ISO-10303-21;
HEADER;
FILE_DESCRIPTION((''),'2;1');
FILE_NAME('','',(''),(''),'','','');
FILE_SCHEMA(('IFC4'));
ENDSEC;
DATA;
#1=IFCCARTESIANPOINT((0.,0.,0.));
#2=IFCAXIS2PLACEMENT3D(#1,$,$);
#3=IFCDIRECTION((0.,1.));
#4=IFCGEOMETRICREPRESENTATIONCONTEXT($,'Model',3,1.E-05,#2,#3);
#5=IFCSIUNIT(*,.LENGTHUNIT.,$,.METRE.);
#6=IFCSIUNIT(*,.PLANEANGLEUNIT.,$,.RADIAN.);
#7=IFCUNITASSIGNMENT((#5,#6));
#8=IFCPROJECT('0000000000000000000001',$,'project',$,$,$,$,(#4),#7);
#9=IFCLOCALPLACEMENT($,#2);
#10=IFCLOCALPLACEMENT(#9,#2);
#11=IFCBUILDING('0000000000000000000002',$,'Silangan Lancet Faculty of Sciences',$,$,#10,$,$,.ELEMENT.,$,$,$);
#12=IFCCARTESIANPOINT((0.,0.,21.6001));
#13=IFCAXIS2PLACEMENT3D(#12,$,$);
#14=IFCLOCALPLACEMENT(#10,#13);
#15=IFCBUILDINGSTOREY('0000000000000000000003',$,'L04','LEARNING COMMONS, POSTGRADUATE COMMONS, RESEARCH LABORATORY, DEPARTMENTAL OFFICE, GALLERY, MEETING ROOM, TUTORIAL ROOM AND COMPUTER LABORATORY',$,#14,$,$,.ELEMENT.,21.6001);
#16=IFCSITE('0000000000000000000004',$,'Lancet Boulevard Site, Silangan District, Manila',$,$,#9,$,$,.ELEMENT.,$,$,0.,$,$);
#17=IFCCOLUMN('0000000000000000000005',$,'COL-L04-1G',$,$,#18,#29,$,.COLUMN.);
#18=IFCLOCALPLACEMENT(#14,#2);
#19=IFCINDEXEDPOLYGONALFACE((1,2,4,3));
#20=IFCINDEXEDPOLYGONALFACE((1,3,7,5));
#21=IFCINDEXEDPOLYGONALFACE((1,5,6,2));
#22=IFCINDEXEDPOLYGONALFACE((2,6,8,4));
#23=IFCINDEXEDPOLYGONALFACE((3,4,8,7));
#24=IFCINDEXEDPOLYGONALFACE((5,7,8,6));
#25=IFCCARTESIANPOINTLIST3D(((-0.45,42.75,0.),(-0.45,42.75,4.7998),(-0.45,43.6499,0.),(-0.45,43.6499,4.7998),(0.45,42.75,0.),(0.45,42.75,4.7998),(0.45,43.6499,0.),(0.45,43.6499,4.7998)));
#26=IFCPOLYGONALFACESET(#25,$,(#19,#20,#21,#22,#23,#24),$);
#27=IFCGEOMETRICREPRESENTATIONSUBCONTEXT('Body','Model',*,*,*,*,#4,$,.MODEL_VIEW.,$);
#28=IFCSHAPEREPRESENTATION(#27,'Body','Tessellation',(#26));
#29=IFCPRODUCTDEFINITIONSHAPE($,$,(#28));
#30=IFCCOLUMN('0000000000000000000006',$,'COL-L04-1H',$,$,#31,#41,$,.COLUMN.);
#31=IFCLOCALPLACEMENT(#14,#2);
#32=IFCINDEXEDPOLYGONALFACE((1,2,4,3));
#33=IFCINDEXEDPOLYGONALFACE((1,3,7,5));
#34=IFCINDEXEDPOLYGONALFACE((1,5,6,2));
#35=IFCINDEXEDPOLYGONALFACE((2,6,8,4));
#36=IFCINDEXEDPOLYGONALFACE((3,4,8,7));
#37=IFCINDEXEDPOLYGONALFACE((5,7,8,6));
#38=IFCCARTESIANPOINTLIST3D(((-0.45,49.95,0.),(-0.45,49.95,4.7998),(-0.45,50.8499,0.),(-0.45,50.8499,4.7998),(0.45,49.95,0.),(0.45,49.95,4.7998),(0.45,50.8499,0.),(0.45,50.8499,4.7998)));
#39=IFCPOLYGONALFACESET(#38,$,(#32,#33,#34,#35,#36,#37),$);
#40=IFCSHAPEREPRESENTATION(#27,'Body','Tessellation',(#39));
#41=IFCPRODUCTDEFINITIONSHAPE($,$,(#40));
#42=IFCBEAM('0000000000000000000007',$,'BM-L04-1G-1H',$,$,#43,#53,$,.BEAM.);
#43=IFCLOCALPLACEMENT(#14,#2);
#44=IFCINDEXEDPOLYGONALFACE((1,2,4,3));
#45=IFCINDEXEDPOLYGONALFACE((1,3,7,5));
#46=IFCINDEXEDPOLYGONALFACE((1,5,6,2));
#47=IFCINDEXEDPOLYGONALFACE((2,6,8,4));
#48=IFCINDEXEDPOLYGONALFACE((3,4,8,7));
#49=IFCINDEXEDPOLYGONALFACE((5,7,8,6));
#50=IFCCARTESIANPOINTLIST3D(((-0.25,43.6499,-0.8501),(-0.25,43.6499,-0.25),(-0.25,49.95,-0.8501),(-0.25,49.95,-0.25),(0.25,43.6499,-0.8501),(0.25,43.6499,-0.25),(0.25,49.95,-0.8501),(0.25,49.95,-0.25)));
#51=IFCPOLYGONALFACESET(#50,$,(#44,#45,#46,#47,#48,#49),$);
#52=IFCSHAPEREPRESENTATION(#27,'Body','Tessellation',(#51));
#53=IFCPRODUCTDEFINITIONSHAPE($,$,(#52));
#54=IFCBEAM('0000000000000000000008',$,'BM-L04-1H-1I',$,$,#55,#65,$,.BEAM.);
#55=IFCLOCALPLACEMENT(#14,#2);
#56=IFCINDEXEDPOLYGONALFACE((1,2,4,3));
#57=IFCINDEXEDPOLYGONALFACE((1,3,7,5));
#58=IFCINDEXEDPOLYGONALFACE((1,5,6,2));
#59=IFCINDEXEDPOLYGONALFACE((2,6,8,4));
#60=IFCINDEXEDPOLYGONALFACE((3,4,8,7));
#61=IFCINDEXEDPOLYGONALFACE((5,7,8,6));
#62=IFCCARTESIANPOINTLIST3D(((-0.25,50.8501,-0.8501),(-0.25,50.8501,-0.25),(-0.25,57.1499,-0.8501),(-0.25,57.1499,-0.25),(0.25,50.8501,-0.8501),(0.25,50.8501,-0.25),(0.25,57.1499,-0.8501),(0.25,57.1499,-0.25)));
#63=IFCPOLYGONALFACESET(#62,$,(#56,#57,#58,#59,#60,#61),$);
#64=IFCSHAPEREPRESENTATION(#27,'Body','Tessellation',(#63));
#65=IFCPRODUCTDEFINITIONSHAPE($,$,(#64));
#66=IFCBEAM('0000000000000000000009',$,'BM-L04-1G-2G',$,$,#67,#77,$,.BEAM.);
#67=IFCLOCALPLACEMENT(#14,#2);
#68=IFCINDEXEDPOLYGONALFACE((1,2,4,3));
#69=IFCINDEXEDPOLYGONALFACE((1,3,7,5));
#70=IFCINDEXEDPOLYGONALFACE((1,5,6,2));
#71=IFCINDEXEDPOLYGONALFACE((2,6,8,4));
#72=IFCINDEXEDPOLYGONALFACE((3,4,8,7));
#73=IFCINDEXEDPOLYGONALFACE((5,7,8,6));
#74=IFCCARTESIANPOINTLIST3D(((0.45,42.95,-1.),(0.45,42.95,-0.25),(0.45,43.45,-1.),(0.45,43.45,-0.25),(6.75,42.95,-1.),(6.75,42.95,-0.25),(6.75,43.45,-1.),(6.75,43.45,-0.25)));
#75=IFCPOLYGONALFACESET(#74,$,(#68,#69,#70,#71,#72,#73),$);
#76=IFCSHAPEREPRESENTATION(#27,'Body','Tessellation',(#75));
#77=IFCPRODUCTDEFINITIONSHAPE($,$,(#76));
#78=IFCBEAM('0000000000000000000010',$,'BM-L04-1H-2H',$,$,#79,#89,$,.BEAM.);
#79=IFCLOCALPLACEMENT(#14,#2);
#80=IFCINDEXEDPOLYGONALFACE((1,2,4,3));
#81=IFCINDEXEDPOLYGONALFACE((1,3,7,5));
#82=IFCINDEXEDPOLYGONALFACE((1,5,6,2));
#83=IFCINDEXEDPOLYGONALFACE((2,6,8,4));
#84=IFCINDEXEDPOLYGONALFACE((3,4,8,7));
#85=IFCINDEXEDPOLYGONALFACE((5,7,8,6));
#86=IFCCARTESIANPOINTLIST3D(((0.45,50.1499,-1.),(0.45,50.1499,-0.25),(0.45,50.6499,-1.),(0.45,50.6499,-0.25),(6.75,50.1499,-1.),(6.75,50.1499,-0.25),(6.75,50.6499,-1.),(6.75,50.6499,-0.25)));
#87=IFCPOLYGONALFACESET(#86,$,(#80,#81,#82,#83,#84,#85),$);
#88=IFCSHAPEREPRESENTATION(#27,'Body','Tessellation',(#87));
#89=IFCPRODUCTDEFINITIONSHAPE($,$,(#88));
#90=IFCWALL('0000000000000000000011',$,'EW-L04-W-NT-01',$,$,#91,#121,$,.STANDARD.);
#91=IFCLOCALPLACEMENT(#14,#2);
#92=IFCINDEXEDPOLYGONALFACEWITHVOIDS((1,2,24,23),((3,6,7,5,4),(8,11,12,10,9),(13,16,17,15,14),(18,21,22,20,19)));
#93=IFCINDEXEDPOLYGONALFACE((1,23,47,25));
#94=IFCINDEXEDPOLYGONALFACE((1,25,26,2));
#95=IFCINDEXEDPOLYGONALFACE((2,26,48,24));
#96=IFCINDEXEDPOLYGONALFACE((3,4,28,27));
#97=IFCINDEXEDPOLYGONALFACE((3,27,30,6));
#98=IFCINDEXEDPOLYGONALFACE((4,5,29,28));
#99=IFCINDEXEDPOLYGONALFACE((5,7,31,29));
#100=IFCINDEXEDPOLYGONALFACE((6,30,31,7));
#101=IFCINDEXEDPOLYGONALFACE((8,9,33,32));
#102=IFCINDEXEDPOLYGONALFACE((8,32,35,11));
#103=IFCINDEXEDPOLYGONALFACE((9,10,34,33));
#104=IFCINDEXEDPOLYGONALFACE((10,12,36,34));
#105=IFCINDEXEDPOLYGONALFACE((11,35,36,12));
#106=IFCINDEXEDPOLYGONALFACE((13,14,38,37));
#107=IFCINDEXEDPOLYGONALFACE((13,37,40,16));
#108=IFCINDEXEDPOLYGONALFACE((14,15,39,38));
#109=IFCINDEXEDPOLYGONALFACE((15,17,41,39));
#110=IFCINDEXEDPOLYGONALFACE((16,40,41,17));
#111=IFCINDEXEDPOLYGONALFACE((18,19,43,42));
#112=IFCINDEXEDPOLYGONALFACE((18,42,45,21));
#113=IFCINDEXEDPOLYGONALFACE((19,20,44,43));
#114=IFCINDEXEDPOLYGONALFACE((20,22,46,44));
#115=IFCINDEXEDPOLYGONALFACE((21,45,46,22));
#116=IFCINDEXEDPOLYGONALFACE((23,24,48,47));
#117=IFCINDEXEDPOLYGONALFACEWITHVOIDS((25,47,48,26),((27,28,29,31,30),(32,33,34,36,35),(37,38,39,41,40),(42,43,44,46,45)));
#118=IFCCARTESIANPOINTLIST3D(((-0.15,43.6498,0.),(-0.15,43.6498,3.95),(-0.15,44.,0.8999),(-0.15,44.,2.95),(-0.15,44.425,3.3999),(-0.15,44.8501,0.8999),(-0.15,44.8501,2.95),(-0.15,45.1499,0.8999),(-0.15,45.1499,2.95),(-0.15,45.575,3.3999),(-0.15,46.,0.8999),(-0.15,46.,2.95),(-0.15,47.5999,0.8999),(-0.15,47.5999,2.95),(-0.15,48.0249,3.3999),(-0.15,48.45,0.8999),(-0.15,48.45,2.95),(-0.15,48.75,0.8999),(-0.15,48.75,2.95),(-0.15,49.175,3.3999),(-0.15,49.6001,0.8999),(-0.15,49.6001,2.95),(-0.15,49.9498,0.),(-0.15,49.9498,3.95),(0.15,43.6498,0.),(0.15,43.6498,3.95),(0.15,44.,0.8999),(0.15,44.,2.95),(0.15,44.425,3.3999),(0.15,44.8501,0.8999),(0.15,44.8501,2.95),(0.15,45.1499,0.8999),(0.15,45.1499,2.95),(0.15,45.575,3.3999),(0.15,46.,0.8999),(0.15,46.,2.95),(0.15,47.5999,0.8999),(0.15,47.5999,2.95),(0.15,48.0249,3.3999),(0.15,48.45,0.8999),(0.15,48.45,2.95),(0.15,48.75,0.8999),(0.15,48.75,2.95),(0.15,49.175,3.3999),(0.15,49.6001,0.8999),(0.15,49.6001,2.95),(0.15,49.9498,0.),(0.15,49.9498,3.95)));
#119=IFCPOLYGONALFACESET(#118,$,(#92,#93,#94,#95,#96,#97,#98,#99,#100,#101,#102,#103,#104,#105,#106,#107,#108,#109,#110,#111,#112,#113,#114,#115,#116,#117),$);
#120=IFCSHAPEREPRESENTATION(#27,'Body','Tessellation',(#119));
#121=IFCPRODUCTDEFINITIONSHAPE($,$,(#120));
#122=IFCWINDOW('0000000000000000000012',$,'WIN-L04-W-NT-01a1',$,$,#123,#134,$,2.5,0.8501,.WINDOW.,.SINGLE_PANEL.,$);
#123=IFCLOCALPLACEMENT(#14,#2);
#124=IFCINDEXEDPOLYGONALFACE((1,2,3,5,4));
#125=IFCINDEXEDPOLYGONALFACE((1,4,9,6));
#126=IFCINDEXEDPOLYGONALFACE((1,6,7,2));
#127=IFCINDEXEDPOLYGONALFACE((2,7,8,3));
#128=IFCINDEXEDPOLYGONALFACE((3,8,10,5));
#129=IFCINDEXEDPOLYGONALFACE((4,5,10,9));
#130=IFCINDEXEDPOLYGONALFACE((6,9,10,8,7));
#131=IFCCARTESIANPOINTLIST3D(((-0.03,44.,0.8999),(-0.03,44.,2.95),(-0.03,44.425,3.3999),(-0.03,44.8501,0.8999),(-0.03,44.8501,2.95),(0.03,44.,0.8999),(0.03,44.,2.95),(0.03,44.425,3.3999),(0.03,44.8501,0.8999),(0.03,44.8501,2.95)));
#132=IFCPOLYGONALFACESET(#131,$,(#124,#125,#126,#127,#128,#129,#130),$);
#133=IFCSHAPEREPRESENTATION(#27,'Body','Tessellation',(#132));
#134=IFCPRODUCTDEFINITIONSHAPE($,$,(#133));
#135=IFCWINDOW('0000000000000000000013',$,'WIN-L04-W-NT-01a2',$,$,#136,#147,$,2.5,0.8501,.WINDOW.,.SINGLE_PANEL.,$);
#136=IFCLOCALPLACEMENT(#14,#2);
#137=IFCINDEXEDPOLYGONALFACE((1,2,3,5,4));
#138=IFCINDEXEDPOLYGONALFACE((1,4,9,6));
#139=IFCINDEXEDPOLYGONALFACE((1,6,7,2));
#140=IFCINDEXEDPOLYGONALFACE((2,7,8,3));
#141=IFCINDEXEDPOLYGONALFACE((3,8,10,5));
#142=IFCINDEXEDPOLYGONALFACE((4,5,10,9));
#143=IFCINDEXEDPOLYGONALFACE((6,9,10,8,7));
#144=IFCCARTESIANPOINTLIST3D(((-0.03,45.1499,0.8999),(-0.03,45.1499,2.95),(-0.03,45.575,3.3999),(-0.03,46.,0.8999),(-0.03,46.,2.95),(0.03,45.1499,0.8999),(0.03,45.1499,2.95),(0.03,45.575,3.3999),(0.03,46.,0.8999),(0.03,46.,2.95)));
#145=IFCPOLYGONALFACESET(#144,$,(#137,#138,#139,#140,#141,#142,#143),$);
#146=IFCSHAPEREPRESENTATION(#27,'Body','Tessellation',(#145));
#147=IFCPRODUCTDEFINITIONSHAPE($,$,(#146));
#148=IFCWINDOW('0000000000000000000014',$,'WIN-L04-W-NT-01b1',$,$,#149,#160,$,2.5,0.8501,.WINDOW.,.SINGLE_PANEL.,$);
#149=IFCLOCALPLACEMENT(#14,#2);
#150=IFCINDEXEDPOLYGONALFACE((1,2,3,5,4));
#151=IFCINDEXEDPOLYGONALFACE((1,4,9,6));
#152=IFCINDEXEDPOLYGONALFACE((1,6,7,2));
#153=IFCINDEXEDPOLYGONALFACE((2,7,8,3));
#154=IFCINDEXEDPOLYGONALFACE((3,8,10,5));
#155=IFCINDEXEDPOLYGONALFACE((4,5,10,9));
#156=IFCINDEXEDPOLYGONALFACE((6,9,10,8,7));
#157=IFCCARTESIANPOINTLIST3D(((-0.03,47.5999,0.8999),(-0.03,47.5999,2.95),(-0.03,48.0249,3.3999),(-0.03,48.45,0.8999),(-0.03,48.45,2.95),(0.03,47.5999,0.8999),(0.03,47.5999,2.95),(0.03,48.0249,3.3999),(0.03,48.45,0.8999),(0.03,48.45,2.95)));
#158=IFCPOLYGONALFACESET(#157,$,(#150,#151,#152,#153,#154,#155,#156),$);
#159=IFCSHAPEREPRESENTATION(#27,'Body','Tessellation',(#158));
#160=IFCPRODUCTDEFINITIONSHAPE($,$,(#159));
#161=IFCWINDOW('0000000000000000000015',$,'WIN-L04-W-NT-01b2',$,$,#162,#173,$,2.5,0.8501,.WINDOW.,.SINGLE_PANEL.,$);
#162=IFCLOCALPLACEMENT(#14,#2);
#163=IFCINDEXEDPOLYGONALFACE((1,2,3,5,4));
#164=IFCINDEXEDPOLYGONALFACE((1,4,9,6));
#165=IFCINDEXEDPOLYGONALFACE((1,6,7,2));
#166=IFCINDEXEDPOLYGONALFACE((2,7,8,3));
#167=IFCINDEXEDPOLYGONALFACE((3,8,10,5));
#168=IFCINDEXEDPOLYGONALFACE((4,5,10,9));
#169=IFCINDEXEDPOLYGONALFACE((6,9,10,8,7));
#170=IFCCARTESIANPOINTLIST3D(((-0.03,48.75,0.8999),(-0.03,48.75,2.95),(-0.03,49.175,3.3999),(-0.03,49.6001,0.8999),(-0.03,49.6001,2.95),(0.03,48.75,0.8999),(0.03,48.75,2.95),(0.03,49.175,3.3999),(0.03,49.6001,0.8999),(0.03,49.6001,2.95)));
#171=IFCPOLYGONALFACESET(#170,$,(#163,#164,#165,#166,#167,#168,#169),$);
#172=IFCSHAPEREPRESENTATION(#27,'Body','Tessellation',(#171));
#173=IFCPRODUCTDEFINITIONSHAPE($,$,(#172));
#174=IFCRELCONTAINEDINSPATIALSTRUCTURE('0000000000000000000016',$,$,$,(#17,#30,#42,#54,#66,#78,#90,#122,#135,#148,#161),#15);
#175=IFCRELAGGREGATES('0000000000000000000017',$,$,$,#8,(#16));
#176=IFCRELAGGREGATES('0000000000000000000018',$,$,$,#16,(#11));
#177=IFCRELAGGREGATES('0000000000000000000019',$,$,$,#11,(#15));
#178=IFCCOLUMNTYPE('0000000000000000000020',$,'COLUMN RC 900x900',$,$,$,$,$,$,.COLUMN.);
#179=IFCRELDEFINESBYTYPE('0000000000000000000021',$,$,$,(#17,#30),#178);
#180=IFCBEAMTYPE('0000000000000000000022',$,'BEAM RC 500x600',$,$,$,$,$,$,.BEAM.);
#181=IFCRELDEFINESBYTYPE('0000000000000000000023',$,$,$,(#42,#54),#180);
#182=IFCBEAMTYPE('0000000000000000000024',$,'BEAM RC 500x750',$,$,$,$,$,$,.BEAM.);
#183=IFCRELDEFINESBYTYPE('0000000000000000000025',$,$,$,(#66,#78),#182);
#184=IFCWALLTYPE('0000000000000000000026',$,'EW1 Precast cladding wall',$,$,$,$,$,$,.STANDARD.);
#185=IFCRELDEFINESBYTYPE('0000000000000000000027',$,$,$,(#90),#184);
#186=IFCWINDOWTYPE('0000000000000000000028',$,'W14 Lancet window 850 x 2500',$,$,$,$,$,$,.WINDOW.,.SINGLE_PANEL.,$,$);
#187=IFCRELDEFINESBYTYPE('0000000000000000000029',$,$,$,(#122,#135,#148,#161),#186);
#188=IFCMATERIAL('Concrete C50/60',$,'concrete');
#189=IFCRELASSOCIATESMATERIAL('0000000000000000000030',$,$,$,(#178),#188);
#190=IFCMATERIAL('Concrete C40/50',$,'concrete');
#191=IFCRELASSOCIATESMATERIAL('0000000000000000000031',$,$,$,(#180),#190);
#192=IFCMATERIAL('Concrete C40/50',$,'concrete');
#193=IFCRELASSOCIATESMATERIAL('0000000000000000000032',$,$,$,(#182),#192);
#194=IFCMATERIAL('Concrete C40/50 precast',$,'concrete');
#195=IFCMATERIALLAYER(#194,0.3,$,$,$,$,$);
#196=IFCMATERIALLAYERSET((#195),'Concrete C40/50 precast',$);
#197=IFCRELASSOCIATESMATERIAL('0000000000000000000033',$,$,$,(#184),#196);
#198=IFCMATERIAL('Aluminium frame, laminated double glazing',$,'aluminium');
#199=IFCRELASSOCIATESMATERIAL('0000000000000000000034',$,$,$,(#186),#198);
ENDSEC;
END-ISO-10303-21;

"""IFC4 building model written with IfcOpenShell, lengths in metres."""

from ifc_helpers import new_model, si_unit, direction, frame, frame_2d, origin, origin_2d, place, context, subcontext, project, spatial, polyline, rectangle, outline, extrude, material, layer, layer_set, material_profile, profile_set, type_object, element, fill, save


model = new_model("IFC4")

# Units and contexts
model_context = context("Model", 3, precision=1e-05, world=origin(), true_north=direction((0.0, 1.0)))
body_context = subcontext(model_context, "Body", "Model", "MODEL_VIEW")
ifc_project = project(units=[si_unit("LENGTHUNIT", "METRE"), si_unit("PLANEANGLEUNIT", "RADIAN")], contexts=[model_context])

# Site, building, storey
site_placement = place(None, origin())
site = spatial("IfcSite", under=ifc_project, at=site_placement, Name="Lancet Boulevard Site, Silangan District, Manila", CompositionType="ELEMENT", RefElevation=0.0)
building_placement = place(site_placement, origin())
building = spatial("IfcBuilding", under=site, at=building_placement, Name="Silangan Lancet Faculty of Sciences", CompositionType="ELEMENT")
storey_placement = place(building_placement, frame((0.0, 0.0, 21.6001)))
storey = spatial("IfcBuildingStorey", under=building, at=storey_placement, Name="L04", Description="LEARNING COMMONS, POSTGRADUATE COMMONS, RESEARCH LABORATORY, DEPARTMENTAL OFFICE, GALLERY, MEETING ROOM, TUTORIAL ROOM AND COMPUTER LABORATORY", CompositionType="ELEMENT", Elevation=21.6001)

# Columns
ifc_material_1 = material(Name="Concrete C50/60", Category="concrete")
ifc_material_profile_1 = material_profile(ifc_material_1, rectangle(XDim=0.8999, YDim=0.8999, at=origin_2d()), Name="RC 900x900")
ifc_profile_set_1 = profile_set([ifc_material_profile_1], Name="Concrete C50/60")
column_type = type_object("IfcColumnType", Name="COLUMN RC 900x900", PredefinedType="COLUMN", material=ifc_profile_set_1)
for number, where, z_axis, x_axis, name in (
    (1, (0.0, 43.2, 0.0), (0.0, 0.0, 1.0), (1.0, 0.0, 0.0), "COL-L04-1G"),
    (2, (0.0, 50.3999, 0.0), (0.0, 0.0, 1.0), (1.0, 0.0, 0.0), "COL-L04-1H"),
):
    element("IfcColumn", number, at=place(storey_placement, frame(where, z_axis=z_axis, x_axis=x_axis)), inside=storey, type_object=column_type, Name=name, PredefinedType="COLUMN", context=body_context, shape_type="SweptSolid", body=[
        extrude(rectangle(XDim=0.8999, YDim=0.8999, at=origin_2d()), origin(), (0.0, 0.0, 1.0), 4.7998),
    ])

# Beams
ifc_material_2 = material(Name="Concrete C40/50", Category="concrete")
ifc_material_profile_2 = material_profile(ifc_material_2, rectangle(XDim=0.5, YDim=0.6001, at=origin_2d()), Name="RC 500x600")
ifc_profile_set_2 = profile_set([ifc_material_profile_2], Name="Concrete C40/50")
beam_type_1 = type_object("IfcBeamType", Name="BEAM RC 500x600", PredefinedType="BEAM", material=ifc_profile_set_2)
beam_1_placement = place(storey_placement, frame((0.0, 43.6499, -0.55), z_axis=(0.0, 1.0, 0.0), x_axis=(-1.0, 0.0, 0.0)))
element("IfcBeam", 3, at=beam_1_placement, inside=storey, type_object=beam_type_1, Name="BM-L04-1G-1H", PredefinedType="BEAM", context=body_context, shape_type="SweptSolid", body=[
    extrude(rectangle(XDim=0.5, YDim=0.6001, at=origin_2d()), origin(), (0.0, 0.0, 1.0), 6.3),
])
beam_2_placement = place(storey_placement, frame((0.0, 50.8501, -0.55), z_axis=(0.0, 1.0, 0.0), x_axis=(-1.0, 0.0, 0.0)))
element("IfcBeam", 4, at=beam_2_placement, inside=storey, type_object=beam_type_1, Name="BM-L04-1H-1I", PredefinedType="BEAM", context=body_context, shape_type="SweptSolid", body=[
    extrude(rectangle(XDim=0.5, YDim=0.6001, at=origin_2d()), origin(), (0.0, 0.0, 1.0), 6.2998),
])
ifc_material_3 = material(Name="Concrete C40/50", Category="concrete")
ifc_material_profile_3 = material_profile(ifc_material_3, rectangle(XDim=0.5, YDim=0.75, at=origin_2d()), Name="RC 500x750")
ifc_profile_set_3 = profile_set([ifc_material_profile_3], Name="Concrete C40/50")
beam_type_2 = type_object("IfcBeamType", Name="BEAM RC 500x750", PredefinedType="BEAM", material=ifc_profile_set_3)
for number, where, z_axis, x_axis, name in (
    (5, (0.45, 43.2, -0.625), (1.0, 0.0, 0.0), (0.0, 1.0, 0.0), "BM-L04-1G-2G"),
    (6, (0.45, 50.3999, -0.625), (1.0, 0.0, 0.0), (0.0, 1.0, 0.0), "BM-L04-1H-2H"),
):
    element("IfcBeam", number, at=place(storey_placement, frame(where, z_axis=z_axis, x_axis=x_axis)), inside=storey, type_object=beam_type_2, Name=name, PredefinedType="BEAM", context=body_context, shape_type="SweptSolid", body=[
        extrude(rectangle(XDim=0.5, YDim=0.75, at=origin_2d()), origin(), (0.0, 0.0, 1.0), 6.3),
    ])

# Wall, openings, windows
ifc_material_4 = material(Name="Concrete C40/50 precast", Category="concrete")
ifc_layer_1 = layer(ifc_material_4, 0.3)
ifc_layer_set_1 = layer_set([ifc_layer_1], Name="Concrete C40/50 precast")
wall_type_1 = type_object("IfcWallType", Name="EW1 Precast cladding wall", PredefinedType="STANDARD", material=ifc_layer_set_1)
wall_1_placement = place(storey_placement, frame((0.0, 43.6499, 0.0), z_axis=(0.0, 0.0, 1.0), x_axis=(0.0, 1.0, 0.0)))
wall_1 = element("IfcWall", 7, at=wall_1_placement, inside=storey, type_object=wall_type_1, Name="EW-L04-W-NT-01", PredefinedType="STANDARD", context=body_context, shape_type="SweptSolid", body=[
    extrude(rectangle(XDim=6.3, YDim=0.3, at=frame_2d((3.1499, 0.0))), origin(), (0.0, 0.0, 1.0), 3.95),
])
opening_1_placement = place(wall_1_placement, frame((0.3501, 0.0, 0.8999)))
opening_1 = element("IfcOpeningElement", 8, at=opening_1_placement, cuts=wall_1, PredefinedType="OPENING", context=body_context, shape_type="SweptSolid", body=[
    extrude(outline(polyline([(0.0, 0.0), (0.8501, 0.0), (0.8501, 2.05), (0.425, 2.5), (0.0, 2.05), (0.0, 0.0)])), frame((0.0, 0.1599, 0.0), z_axis=(0.0, -1.0, 0.0), x_axis=(1.0, 0.0, 0.0)), (0.0, 0.0, 1.0), 0.3201),
])
opening_2_placement = place(wall_1_placement, frame((1.5, 0.0, 0.8999)))
opening_2 = element("IfcOpeningElement", 9, at=opening_2_placement, cuts=wall_1, PredefinedType="OPENING", context=body_context, shape_type="SweptSolid", body=[
    extrude(outline(polyline([(0.0, 0.0), (0.8501, 0.0), (0.8501, 2.05), (0.425, 2.5), (0.0, 2.05), (0.0, 0.0)])), frame((0.0, 0.1599, 0.0), z_axis=(0.0, -1.0, 0.0), x_axis=(1.0, 0.0, 0.0)), (0.0, 0.0, 1.0), 0.3201),
])
opening_3_placement = place(wall_1_placement, frame((3.95, 0.0, 0.8999)))
opening_3 = element("IfcOpeningElement", 10, at=opening_3_placement, cuts=wall_1, PredefinedType="OPENING", context=body_context, shape_type="SweptSolid", body=[
    extrude(outline(polyline([(0.0, 0.0), (0.8501, 0.0), (0.8501, 2.05), (0.425, 2.5), (0.0, 2.05), (0.0, 0.0)])), frame((0.0, 0.1599, 0.0), z_axis=(0.0, -1.0, 0.0), x_axis=(1.0, 0.0, 0.0)), (0.0, 0.0, 1.0), 0.3201),
])
opening_4_placement = place(wall_1_placement, frame((5.1001, 0.0, 0.8999)))
opening_4 = element("IfcOpeningElement", 11, at=opening_4_placement, cuts=wall_1, PredefinedType="OPENING", context=body_context, shape_type="SweptSolid", body=[
    extrude(outline(polyline([(0.0, 0.0), (0.8501, 0.0), (0.8501, 2.05), (0.425, 2.5), (0.0, 2.05), (0.0, 0.0)])), frame((0.0, 0.1599, 0.0), z_axis=(0.0, -1.0, 0.0), x_axis=(1.0, 0.0, 0.0)), (0.0, 0.0, 1.0), 0.3201),
])
ifc_material_5 = material(Name="Aluminium frame, laminated double glazing", Category="aluminium")
window_type_1 = type_object("IfcWindowType", Name="W14 Lancet window 850 x 2500", PartitioningType="SINGLE_PANEL", PredefinedType="WINDOW", material=ifc_material_5)
window_1_placement = place(opening_1_placement, origin())
window_1 = element("IfcWindow", 12, at=window_1_placement, inside=storey, type_object=window_type_1, Name="WIN-L04-W-NT-01a1", OverallHeight=2.5, OverallWidth=0.8501, PartitioningType="SINGLE_PANEL", PredefinedType="WINDOW", context=body_context, shape_type="SweptSolid", body=[
    extrude(outline(polyline([(0.0, 0.0), (0.8501, 0.0), (0.8501, 2.05), (0.425, 2.5), (0.0, 2.05), (0.0, 0.0)])), frame((0.0, 0.03, 0.0), z_axis=(0.0, -1.0, 0.0), x_axis=(1.0, 0.0, 0.0)), (0.0, 0.0, 1.0), 0.0601),
])
fill(opening_1, window_1)
window_2_placement = place(opening_2_placement, origin())
window_2 = element("IfcWindow", 13, at=window_2_placement, inside=storey, type_object=window_type_1, Name="WIN-L04-W-NT-01a2", OverallHeight=2.5, OverallWidth=0.8501, PartitioningType="SINGLE_PANEL", PredefinedType="WINDOW", context=body_context, shape_type="SweptSolid", body=[
    extrude(outline(polyline([(0.0, 0.0), (0.8501, 0.0), (0.8501, 2.05), (0.425, 2.5), (0.0, 2.05), (0.0, 0.0)])), frame((0.0, 0.03, 0.0), z_axis=(0.0, -1.0, 0.0), x_axis=(1.0, 0.0, 0.0)), (0.0, 0.0, 1.0), 0.0601),
])
fill(opening_2, window_2)
window_3_placement = place(opening_3_placement, origin())
window_3 = element("IfcWindow", 14, at=window_3_placement, inside=storey, type_object=window_type_1, Name="WIN-L04-W-NT-01b1", OverallHeight=2.5, OverallWidth=0.8501, PartitioningType="SINGLE_PANEL", PredefinedType="WINDOW", context=body_context, shape_type="SweptSolid", body=[
    extrude(outline(polyline([(0.0, 0.0), (0.8501, 0.0), (0.8501, 2.05), (0.425, 2.5), (0.0, 2.05), (0.0, 0.0)])), frame((0.0, 0.03, 0.0), z_axis=(0.0, -1.0, 0.0), x_axis=(1.0, 0.0, 0.0)), (0.0, 0.0, 1.0), 0.0601),
])
fill(opening_3, window_3)
window_4_placement = place(opening_4_placement, origin())
window_4 = element("IfcWindow", 15, at=window_4_placement, inside=storey, type_object=window_type_1, Name="WIN-L04-W-NT-01b2", OverallHeight=2.5, OverallWidth=0.8501, PartitioningType="SINGLE_PANEL", PredefinedType="WINDOW", context=body_context, shape_type="SweptSolid", body=[
    extrude(outline(polyline([(0.0, 0.0), (0.8501, 0.0), (0.8501, 2.05), (0.425, 2.5), (0.0, 2.05), (0.0, 0.0)])), frame((0.0, 0.03, 0.0), z_axis=(0.0, -1.0, 0.0), x_axis=(1.0, 0.0, 0.0)), (0.0, 0.0, 1.0), 0.0601),
])
fill(opening_4, window_4)

save(model, "model.ifc")
